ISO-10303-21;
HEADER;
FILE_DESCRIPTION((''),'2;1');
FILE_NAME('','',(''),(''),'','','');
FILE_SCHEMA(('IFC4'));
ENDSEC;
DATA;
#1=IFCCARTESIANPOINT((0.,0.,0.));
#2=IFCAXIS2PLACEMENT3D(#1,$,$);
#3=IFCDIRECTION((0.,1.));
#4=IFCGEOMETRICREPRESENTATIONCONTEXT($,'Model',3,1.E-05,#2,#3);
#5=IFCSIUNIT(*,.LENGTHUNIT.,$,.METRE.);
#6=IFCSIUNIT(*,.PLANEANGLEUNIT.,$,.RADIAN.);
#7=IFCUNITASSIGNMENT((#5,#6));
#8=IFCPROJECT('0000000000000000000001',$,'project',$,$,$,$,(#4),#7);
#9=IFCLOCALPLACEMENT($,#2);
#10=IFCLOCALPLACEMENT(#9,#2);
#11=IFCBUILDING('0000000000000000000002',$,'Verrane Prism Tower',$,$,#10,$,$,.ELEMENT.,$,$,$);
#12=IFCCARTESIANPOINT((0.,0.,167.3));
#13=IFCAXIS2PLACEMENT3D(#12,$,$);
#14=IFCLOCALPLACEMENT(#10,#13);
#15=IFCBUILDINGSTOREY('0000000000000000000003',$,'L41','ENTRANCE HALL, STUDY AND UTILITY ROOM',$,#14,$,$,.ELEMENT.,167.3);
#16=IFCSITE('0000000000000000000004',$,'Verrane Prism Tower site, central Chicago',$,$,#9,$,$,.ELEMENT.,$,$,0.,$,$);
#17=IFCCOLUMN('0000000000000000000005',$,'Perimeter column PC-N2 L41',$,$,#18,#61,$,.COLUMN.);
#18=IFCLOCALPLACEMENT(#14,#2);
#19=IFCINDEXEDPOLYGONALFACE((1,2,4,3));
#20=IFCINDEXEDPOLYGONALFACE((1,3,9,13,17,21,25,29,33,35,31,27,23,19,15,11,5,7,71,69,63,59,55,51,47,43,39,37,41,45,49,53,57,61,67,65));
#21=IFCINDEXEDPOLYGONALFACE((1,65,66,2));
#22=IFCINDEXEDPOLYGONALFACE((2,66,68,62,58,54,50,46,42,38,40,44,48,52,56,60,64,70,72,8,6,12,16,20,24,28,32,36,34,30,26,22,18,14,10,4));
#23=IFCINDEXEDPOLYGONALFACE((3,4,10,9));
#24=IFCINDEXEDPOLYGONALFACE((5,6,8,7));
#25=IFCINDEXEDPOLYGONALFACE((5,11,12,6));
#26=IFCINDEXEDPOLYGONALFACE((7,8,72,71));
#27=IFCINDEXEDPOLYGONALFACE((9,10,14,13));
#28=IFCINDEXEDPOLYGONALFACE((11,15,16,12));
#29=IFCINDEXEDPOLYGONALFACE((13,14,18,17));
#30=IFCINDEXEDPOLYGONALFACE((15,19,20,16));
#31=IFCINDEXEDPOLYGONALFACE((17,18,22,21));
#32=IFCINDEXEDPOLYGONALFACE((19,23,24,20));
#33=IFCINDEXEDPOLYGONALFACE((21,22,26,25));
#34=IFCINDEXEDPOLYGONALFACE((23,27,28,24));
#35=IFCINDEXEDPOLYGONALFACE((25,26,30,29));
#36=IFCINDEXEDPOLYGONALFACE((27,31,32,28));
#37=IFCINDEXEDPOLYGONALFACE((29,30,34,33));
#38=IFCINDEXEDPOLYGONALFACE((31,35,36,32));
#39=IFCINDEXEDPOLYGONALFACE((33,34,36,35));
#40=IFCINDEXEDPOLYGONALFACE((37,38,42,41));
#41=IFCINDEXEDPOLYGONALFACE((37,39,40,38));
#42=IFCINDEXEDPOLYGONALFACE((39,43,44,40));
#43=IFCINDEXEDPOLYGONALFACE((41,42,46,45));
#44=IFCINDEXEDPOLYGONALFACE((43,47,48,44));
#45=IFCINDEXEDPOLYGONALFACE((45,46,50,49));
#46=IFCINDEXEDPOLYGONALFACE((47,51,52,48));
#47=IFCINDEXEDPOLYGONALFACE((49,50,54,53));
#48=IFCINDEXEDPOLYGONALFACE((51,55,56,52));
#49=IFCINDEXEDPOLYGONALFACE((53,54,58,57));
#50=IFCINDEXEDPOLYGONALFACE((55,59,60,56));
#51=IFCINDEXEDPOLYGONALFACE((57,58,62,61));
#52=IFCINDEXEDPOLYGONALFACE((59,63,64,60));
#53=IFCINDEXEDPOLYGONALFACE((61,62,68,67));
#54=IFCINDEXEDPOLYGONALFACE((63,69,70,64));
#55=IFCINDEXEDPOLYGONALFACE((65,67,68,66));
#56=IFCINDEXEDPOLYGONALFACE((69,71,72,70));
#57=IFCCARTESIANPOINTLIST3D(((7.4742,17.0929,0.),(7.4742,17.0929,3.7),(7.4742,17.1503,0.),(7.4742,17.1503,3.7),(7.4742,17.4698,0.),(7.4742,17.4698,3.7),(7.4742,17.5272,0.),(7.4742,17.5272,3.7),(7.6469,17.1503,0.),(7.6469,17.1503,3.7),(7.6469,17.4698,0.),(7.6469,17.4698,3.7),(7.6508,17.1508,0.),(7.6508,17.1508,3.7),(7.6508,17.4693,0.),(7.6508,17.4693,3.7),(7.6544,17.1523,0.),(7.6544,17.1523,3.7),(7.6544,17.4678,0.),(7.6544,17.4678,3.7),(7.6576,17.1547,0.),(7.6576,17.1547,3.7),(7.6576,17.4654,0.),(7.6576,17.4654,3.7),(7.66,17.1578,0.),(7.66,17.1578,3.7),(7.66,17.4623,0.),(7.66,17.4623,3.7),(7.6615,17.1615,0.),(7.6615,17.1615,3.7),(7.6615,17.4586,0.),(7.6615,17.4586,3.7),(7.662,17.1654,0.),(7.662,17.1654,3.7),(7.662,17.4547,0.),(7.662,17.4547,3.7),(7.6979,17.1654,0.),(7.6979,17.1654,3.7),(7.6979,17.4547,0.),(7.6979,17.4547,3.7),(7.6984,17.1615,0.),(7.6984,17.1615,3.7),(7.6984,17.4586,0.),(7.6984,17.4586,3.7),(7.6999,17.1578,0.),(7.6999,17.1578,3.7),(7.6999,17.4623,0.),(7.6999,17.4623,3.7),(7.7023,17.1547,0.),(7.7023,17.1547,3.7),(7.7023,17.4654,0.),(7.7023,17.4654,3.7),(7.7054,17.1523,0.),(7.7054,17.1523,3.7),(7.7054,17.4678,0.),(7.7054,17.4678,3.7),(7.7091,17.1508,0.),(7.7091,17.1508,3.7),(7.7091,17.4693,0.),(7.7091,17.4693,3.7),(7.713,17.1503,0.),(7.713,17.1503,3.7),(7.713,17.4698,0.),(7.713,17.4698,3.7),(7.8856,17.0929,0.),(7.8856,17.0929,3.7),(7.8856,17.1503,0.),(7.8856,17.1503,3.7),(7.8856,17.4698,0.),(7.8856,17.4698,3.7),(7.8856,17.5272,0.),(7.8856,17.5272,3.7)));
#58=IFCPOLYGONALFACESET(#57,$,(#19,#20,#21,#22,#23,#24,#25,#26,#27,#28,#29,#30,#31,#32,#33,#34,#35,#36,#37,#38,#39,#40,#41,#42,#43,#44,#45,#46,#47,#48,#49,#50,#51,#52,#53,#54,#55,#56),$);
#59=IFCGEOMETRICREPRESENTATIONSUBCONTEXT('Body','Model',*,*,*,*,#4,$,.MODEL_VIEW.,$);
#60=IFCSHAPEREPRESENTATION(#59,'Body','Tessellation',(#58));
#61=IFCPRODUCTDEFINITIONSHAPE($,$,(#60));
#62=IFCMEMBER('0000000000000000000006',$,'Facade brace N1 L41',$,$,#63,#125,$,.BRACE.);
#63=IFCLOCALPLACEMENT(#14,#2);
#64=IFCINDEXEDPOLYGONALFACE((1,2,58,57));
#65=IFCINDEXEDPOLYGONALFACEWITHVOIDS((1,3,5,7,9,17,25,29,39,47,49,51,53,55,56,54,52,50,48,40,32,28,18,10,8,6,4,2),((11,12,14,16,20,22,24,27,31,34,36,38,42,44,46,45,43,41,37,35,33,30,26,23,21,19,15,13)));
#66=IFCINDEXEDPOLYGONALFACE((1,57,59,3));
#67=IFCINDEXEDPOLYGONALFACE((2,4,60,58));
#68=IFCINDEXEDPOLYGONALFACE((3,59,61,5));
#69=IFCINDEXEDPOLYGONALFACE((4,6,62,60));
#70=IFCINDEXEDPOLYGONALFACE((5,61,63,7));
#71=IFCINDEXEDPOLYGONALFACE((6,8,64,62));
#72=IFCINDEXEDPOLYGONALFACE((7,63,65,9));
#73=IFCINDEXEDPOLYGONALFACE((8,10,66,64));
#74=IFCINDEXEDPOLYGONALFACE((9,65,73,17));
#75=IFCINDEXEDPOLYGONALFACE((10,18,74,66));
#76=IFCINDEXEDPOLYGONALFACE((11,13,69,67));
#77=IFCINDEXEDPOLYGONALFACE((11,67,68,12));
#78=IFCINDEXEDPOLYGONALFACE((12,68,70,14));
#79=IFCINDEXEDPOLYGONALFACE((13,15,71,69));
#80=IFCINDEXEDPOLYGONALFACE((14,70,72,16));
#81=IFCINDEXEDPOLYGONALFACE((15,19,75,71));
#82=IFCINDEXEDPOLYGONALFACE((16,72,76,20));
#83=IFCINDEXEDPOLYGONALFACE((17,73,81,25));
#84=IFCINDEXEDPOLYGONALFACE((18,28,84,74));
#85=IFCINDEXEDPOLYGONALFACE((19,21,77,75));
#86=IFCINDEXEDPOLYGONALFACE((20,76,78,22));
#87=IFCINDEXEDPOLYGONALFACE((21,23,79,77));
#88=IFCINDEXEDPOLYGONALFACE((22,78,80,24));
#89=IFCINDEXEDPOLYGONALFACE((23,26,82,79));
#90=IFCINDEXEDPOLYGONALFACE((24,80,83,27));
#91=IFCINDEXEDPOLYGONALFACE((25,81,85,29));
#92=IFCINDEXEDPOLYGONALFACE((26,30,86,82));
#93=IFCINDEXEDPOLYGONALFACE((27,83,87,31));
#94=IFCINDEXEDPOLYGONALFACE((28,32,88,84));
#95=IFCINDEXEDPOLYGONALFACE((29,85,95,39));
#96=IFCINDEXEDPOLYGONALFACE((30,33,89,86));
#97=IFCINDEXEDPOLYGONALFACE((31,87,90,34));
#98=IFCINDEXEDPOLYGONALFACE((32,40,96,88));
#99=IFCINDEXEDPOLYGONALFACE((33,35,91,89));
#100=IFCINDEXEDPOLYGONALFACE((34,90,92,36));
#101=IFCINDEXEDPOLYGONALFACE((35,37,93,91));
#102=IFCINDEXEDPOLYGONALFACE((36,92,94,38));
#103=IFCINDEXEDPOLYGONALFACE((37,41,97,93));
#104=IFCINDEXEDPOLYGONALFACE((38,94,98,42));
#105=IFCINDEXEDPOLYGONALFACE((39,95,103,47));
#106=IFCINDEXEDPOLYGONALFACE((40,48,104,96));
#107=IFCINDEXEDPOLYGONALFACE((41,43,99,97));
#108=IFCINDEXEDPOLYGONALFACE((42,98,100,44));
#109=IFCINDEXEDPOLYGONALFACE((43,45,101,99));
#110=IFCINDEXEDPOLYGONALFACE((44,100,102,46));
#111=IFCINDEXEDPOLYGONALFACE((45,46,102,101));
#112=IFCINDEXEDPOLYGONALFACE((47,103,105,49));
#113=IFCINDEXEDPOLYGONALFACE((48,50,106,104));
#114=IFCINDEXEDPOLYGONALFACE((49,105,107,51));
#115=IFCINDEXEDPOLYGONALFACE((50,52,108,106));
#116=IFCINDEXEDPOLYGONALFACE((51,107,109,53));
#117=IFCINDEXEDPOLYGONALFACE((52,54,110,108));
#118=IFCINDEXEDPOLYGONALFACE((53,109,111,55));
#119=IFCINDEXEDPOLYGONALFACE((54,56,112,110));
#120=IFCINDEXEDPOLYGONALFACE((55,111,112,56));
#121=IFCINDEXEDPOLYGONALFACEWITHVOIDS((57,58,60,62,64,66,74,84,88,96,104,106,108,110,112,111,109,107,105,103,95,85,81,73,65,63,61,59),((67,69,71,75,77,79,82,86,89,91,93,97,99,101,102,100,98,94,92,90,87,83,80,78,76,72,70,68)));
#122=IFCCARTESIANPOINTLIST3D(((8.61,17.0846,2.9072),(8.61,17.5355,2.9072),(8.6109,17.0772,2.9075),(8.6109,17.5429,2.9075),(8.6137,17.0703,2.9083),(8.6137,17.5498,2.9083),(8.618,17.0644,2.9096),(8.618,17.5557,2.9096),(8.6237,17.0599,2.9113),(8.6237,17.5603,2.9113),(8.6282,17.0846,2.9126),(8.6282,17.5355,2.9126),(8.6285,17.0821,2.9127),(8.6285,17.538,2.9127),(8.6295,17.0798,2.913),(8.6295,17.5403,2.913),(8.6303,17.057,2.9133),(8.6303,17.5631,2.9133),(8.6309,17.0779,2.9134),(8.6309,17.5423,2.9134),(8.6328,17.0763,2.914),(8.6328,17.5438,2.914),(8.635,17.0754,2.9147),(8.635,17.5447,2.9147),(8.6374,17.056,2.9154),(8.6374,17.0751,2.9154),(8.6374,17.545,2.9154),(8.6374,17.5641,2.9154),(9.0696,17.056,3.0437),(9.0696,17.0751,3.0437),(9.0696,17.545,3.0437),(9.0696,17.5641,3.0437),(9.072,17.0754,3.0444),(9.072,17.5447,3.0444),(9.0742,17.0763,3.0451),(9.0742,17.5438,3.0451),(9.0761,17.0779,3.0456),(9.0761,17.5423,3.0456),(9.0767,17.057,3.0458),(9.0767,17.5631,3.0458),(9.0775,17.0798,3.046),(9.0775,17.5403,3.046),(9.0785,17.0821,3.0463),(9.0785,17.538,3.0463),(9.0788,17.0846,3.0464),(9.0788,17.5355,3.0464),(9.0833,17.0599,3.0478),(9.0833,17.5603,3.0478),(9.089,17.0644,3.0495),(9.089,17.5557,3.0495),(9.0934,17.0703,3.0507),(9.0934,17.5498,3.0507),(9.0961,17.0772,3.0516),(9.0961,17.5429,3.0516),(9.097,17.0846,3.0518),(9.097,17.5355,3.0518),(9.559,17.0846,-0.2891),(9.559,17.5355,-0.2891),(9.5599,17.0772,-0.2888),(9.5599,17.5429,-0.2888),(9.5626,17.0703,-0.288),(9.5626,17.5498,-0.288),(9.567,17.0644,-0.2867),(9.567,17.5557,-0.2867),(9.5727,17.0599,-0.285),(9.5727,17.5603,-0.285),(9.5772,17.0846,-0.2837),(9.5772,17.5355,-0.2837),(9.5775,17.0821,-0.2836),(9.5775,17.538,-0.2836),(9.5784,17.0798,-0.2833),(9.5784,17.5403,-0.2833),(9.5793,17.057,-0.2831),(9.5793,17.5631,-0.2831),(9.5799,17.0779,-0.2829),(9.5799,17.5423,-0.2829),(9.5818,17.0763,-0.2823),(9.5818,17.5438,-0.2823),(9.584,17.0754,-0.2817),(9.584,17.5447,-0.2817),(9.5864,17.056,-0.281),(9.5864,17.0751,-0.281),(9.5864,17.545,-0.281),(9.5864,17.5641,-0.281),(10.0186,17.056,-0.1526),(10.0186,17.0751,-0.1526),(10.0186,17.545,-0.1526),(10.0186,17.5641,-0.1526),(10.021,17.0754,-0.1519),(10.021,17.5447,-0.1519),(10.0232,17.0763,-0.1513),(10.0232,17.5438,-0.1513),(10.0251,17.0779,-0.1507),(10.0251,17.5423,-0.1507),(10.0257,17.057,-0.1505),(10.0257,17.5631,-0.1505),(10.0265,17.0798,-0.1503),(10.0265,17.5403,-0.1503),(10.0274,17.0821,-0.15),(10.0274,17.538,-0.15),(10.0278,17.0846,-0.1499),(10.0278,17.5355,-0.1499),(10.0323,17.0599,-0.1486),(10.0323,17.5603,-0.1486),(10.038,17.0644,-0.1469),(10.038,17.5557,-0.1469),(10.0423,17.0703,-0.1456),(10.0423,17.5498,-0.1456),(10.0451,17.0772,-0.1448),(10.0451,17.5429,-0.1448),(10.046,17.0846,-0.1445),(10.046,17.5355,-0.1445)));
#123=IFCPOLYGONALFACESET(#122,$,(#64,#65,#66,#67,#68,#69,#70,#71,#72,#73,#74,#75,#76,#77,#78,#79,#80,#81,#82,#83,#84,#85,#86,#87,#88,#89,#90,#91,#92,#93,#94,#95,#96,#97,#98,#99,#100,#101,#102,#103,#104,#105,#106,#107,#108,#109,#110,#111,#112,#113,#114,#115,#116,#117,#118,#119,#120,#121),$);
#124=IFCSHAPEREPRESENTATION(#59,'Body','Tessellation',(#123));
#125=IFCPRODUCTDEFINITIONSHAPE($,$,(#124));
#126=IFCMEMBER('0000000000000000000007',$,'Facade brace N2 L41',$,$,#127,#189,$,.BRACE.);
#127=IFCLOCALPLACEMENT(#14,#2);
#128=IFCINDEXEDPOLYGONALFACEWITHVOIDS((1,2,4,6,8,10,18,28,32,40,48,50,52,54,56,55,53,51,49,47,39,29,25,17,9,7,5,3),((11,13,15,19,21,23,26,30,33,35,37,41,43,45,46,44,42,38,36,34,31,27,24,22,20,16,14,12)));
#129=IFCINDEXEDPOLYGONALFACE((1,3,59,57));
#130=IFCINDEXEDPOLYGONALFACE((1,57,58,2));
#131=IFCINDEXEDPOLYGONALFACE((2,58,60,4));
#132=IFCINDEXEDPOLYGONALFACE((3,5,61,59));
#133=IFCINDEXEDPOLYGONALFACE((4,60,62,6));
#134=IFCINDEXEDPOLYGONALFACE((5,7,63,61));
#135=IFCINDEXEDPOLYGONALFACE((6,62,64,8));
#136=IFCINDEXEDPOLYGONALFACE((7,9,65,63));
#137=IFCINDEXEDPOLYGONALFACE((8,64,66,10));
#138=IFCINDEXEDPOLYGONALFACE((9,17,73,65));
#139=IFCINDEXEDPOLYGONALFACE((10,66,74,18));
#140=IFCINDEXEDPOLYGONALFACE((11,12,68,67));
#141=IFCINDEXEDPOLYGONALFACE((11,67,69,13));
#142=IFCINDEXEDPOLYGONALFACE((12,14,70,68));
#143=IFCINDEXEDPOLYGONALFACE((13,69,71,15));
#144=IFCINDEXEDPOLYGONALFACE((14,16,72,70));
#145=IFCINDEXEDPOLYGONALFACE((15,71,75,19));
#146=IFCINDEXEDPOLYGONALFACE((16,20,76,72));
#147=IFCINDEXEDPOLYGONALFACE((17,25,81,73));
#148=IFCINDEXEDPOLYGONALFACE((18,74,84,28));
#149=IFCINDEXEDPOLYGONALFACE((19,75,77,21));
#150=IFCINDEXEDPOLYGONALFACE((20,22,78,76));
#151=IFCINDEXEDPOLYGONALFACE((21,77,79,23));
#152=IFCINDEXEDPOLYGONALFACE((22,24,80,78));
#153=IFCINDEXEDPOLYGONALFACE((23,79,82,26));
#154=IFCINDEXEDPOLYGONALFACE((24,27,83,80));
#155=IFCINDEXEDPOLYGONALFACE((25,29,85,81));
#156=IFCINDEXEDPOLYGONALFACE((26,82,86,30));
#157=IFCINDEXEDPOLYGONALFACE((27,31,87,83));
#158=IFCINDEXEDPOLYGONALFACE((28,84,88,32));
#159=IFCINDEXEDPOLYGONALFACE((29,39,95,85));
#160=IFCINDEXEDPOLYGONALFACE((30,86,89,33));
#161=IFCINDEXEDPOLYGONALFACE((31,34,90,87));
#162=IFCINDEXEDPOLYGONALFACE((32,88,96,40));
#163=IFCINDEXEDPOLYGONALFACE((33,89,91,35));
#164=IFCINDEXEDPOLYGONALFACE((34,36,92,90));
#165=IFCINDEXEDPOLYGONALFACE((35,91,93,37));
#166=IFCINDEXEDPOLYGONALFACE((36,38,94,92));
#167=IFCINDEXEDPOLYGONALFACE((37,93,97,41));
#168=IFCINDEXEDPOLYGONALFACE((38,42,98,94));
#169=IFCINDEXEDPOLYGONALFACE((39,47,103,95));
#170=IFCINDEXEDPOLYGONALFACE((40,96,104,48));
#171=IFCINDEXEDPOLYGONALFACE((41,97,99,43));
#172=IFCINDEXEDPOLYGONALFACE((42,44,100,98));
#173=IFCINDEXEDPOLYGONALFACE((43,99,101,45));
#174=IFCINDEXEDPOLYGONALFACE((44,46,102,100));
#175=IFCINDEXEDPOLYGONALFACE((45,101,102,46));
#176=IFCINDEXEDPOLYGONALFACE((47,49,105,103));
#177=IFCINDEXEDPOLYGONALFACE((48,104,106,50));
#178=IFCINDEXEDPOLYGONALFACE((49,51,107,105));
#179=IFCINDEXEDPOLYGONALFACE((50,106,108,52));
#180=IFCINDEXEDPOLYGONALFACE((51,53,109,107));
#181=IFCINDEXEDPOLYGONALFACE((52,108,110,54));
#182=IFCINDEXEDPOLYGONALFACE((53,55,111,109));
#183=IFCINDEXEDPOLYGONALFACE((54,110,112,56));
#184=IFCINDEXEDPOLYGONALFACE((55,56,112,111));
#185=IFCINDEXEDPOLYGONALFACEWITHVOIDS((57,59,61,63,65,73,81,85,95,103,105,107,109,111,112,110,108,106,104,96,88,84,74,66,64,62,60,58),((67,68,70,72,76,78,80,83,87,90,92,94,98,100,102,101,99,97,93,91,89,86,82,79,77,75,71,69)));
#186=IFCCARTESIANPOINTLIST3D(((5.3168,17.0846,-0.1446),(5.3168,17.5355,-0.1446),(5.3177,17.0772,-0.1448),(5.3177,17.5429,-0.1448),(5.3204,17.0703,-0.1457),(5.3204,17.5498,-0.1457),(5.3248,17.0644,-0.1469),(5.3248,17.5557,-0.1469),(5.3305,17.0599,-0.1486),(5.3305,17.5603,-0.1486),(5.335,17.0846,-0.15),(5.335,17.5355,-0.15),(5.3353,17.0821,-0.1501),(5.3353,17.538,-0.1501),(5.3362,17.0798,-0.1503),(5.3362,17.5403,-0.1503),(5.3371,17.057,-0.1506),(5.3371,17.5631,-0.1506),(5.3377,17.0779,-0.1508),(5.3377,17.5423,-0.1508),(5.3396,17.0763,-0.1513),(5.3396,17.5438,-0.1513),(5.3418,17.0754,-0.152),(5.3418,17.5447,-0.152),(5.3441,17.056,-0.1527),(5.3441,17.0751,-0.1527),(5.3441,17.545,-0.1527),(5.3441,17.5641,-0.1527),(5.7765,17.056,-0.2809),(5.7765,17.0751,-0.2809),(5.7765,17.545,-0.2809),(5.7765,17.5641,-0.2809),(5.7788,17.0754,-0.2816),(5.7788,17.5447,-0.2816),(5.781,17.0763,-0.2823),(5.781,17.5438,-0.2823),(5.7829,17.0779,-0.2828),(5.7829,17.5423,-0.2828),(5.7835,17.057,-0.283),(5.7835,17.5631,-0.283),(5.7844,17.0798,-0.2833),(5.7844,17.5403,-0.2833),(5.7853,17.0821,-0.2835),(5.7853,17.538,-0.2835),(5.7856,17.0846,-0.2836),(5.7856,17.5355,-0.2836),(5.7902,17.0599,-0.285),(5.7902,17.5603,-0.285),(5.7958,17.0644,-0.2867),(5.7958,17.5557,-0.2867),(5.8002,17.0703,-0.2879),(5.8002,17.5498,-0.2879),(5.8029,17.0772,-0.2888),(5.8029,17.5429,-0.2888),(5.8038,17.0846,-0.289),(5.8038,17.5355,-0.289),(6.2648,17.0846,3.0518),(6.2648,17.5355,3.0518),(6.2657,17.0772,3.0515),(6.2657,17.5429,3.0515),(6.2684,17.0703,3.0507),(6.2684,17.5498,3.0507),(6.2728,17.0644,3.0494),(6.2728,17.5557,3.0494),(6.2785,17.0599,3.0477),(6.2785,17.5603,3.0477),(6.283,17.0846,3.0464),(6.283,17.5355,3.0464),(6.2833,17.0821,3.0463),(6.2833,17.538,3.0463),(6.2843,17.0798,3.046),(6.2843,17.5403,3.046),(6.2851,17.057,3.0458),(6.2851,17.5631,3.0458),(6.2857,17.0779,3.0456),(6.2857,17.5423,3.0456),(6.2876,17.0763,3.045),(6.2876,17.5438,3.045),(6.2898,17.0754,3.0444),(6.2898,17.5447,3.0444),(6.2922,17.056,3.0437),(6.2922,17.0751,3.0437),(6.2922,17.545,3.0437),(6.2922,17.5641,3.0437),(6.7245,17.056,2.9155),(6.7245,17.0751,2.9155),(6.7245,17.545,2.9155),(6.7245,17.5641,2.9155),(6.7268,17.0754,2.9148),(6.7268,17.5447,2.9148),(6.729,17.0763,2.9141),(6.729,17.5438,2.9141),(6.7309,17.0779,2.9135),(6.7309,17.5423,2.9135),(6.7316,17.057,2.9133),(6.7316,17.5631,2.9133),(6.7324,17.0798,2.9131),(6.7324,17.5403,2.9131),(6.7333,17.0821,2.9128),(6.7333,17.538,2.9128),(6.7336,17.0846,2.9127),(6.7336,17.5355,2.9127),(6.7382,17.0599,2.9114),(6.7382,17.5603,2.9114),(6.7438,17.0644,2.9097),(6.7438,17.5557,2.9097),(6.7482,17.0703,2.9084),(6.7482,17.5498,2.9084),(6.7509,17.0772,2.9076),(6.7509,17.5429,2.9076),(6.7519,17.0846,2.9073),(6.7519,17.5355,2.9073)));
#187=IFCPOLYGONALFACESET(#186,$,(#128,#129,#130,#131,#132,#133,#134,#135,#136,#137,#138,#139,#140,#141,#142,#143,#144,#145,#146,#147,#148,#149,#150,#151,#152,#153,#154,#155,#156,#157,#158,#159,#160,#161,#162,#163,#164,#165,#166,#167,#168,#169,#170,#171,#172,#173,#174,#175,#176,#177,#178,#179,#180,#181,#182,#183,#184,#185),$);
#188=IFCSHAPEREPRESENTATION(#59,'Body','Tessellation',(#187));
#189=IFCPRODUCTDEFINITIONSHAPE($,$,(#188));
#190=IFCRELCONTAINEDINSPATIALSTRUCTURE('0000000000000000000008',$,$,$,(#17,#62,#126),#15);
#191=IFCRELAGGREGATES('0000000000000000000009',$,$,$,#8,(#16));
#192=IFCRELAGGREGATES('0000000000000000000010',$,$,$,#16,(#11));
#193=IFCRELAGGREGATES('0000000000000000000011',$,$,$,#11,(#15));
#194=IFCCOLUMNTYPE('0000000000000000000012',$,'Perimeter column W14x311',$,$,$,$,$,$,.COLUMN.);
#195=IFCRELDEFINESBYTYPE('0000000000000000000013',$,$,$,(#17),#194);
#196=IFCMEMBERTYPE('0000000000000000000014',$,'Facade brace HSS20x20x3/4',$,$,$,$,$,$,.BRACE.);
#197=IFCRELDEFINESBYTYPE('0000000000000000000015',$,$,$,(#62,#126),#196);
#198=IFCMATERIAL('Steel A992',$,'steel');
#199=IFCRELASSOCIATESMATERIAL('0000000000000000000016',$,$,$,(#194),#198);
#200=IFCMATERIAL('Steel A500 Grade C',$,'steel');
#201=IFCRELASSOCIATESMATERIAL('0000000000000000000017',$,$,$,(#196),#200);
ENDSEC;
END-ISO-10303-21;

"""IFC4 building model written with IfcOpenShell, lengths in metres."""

from ifc_helpers import new_model, si_unit, direction, frame, origin, origin_2d, place, context, subcontext, project, spatial, hollow_rectangle, i_section, extrude, material, material_profile, profile_set, type_object, element, save


model = new_model("IFC4")

# Units and contexts
model_context = context("Model", 3, precision=1e-05, world=origin(), true_north=direction((0.0, 1.0)))
body_context = subcontext(model_context, "Body", "Model", "MODEL_VIEW")
ifc_project = project(units=[si_unit("LENGTHUNIT", "METRE"), si_unit("PLANEANGLEUNIT", "RADIAN")], contexts=[model_context])

# Site, building, storey
site_placement = place(None, origin())
site = spatial("IfcSite", under=ifc_project, at=site_placement, Name="Verrane Prism Tower site, central Chicago", CompositionType="ELEMENT", RefElevation=0.0)
building_placement = place(site_placement, origin())
building = spatial("IfcBuilding", under=site, at=building_placement, Name="Verrane Prism Tower", CompositionType="ELEMENT")
storey_placement = place(building_placement, frame((0.0, 0.0, 167.3)))
storey = spatial("IfcBuildingStorey", under=building, at=storey_placement, Name="L41", Description="ENTRANCE HALL, STUDY AND UTILITY ROOM", CompositionType="ELEMENT", Elevation=167.3)

# Column
ifc_material_1 = material(Name="Steel A992", Category="steel")
ifc_material_profile_1 = material_profile(ifc_material_1, i_section(OverallWidth=0.4114, OverallDepth=0.4343, WebThickness=0.0359, FlangeThickness=0.0574, FilletRadius=0.0151, at=origin_2d()), Name="W14x311")
ifc_profile_set_1 = profile_set([ifc_material_profile_1], Name="Steel A992")
column_type = type_object("IfcColumnType", Name="Perimeter column W14x311", PredefinedType="COLUMN", material=ifc_profile_set_1)
column_placement = place(storey_placement, frame((7.6799, 17.3101, 0.0), z_axis=(0.0, 0.0, 1.0), x_axis=(1.0, 0.0, 0.0)))
element("IfcColumn", 1, at=column_placement, inside=storey, type_object=column_type, Name="Perimeter column PC-N2 L41", PredefinedType="COLUMN", context=body_context, shape_type="SweptSolid", body=[
    extrude(i_section(OverallWidth=0.4114, OverallDepth=0.4343, WebThickness=0.0359, FlangeThickness=0.0574, FilletRadius=0.0151, at=origin_2d()), origin(), (0.0, 0.0, 1.0), 3.7),
])

# Members
ifc_material_2 = material(Name="Steel A500 Grade C", Category="steel")
ifc_material_profile_2 = material_profile(ifc_material_2, hollow_rectangle(XDim=0.5081, YDim=0.5081, WallThickness=0.019, InnerFilletRadius=0.0095, OuterFilletRadius=0.0286, at=origin_2d()), Name="HSS20x20x3/4")
ifc_profile_set_2 = profile_set([ifc_material_profile_2], Name="Steel A500 Grade C")
member_type_1 = type_object("IfcMemberType", Name="Facade brace HSS20x20x3/4", PredefinedType="BRACE", material=ifc_profile_set_2)
member_1_placement = place(storey_placement, frame((9.8025, 17.3101, -0.2168), z_axis=(-0.284619, 0.0, 0.958641), x_axis=(0.0, -1.0, 0.0)))
element("IfcMember", 2, at=member_1_placement, inside=storey, type_object=member_type_1, Name="Facade brace N1 L41", PredefinedType="BRACE", context=body_context, shape_type="SweptSolid", body=[
    extrude(hollow_rectangle(XDim=0.5081, YDim=0.5081, WallThickness=0.019, InnerFilletRadius=0.0095, OuterFilletRadius=0.0286, at=origin_2d()), origin(), (0.0, 0.0, 1.0), 3.3342),
])
member_2_placement = place(storey_placement, frame((5.5603, 17.3101, -0.2168), z_axis=(0.28435, 0.0, 0.958721), x_axis=(0.0, 1.0, 0.0)))
element("IfcMember", 3, at=member_2_placement, inside=storey, type_object=member_type_1, Name="Facade brace N2 L41", PredefinedType="BRACE", context=body_context, shape_type="SweptSolid", body=[
    extrude(hollow_rectangle(XDim=0.5081, YDim=0.5081, WallThickness=0.019, InnerFilletRadius=0.0095, OuterFilletRadius=0.0286, at=origin_2d()), origin(), (0.0, 0.0, 1.0), 3.334),
])

save(model, "model.ifc")
